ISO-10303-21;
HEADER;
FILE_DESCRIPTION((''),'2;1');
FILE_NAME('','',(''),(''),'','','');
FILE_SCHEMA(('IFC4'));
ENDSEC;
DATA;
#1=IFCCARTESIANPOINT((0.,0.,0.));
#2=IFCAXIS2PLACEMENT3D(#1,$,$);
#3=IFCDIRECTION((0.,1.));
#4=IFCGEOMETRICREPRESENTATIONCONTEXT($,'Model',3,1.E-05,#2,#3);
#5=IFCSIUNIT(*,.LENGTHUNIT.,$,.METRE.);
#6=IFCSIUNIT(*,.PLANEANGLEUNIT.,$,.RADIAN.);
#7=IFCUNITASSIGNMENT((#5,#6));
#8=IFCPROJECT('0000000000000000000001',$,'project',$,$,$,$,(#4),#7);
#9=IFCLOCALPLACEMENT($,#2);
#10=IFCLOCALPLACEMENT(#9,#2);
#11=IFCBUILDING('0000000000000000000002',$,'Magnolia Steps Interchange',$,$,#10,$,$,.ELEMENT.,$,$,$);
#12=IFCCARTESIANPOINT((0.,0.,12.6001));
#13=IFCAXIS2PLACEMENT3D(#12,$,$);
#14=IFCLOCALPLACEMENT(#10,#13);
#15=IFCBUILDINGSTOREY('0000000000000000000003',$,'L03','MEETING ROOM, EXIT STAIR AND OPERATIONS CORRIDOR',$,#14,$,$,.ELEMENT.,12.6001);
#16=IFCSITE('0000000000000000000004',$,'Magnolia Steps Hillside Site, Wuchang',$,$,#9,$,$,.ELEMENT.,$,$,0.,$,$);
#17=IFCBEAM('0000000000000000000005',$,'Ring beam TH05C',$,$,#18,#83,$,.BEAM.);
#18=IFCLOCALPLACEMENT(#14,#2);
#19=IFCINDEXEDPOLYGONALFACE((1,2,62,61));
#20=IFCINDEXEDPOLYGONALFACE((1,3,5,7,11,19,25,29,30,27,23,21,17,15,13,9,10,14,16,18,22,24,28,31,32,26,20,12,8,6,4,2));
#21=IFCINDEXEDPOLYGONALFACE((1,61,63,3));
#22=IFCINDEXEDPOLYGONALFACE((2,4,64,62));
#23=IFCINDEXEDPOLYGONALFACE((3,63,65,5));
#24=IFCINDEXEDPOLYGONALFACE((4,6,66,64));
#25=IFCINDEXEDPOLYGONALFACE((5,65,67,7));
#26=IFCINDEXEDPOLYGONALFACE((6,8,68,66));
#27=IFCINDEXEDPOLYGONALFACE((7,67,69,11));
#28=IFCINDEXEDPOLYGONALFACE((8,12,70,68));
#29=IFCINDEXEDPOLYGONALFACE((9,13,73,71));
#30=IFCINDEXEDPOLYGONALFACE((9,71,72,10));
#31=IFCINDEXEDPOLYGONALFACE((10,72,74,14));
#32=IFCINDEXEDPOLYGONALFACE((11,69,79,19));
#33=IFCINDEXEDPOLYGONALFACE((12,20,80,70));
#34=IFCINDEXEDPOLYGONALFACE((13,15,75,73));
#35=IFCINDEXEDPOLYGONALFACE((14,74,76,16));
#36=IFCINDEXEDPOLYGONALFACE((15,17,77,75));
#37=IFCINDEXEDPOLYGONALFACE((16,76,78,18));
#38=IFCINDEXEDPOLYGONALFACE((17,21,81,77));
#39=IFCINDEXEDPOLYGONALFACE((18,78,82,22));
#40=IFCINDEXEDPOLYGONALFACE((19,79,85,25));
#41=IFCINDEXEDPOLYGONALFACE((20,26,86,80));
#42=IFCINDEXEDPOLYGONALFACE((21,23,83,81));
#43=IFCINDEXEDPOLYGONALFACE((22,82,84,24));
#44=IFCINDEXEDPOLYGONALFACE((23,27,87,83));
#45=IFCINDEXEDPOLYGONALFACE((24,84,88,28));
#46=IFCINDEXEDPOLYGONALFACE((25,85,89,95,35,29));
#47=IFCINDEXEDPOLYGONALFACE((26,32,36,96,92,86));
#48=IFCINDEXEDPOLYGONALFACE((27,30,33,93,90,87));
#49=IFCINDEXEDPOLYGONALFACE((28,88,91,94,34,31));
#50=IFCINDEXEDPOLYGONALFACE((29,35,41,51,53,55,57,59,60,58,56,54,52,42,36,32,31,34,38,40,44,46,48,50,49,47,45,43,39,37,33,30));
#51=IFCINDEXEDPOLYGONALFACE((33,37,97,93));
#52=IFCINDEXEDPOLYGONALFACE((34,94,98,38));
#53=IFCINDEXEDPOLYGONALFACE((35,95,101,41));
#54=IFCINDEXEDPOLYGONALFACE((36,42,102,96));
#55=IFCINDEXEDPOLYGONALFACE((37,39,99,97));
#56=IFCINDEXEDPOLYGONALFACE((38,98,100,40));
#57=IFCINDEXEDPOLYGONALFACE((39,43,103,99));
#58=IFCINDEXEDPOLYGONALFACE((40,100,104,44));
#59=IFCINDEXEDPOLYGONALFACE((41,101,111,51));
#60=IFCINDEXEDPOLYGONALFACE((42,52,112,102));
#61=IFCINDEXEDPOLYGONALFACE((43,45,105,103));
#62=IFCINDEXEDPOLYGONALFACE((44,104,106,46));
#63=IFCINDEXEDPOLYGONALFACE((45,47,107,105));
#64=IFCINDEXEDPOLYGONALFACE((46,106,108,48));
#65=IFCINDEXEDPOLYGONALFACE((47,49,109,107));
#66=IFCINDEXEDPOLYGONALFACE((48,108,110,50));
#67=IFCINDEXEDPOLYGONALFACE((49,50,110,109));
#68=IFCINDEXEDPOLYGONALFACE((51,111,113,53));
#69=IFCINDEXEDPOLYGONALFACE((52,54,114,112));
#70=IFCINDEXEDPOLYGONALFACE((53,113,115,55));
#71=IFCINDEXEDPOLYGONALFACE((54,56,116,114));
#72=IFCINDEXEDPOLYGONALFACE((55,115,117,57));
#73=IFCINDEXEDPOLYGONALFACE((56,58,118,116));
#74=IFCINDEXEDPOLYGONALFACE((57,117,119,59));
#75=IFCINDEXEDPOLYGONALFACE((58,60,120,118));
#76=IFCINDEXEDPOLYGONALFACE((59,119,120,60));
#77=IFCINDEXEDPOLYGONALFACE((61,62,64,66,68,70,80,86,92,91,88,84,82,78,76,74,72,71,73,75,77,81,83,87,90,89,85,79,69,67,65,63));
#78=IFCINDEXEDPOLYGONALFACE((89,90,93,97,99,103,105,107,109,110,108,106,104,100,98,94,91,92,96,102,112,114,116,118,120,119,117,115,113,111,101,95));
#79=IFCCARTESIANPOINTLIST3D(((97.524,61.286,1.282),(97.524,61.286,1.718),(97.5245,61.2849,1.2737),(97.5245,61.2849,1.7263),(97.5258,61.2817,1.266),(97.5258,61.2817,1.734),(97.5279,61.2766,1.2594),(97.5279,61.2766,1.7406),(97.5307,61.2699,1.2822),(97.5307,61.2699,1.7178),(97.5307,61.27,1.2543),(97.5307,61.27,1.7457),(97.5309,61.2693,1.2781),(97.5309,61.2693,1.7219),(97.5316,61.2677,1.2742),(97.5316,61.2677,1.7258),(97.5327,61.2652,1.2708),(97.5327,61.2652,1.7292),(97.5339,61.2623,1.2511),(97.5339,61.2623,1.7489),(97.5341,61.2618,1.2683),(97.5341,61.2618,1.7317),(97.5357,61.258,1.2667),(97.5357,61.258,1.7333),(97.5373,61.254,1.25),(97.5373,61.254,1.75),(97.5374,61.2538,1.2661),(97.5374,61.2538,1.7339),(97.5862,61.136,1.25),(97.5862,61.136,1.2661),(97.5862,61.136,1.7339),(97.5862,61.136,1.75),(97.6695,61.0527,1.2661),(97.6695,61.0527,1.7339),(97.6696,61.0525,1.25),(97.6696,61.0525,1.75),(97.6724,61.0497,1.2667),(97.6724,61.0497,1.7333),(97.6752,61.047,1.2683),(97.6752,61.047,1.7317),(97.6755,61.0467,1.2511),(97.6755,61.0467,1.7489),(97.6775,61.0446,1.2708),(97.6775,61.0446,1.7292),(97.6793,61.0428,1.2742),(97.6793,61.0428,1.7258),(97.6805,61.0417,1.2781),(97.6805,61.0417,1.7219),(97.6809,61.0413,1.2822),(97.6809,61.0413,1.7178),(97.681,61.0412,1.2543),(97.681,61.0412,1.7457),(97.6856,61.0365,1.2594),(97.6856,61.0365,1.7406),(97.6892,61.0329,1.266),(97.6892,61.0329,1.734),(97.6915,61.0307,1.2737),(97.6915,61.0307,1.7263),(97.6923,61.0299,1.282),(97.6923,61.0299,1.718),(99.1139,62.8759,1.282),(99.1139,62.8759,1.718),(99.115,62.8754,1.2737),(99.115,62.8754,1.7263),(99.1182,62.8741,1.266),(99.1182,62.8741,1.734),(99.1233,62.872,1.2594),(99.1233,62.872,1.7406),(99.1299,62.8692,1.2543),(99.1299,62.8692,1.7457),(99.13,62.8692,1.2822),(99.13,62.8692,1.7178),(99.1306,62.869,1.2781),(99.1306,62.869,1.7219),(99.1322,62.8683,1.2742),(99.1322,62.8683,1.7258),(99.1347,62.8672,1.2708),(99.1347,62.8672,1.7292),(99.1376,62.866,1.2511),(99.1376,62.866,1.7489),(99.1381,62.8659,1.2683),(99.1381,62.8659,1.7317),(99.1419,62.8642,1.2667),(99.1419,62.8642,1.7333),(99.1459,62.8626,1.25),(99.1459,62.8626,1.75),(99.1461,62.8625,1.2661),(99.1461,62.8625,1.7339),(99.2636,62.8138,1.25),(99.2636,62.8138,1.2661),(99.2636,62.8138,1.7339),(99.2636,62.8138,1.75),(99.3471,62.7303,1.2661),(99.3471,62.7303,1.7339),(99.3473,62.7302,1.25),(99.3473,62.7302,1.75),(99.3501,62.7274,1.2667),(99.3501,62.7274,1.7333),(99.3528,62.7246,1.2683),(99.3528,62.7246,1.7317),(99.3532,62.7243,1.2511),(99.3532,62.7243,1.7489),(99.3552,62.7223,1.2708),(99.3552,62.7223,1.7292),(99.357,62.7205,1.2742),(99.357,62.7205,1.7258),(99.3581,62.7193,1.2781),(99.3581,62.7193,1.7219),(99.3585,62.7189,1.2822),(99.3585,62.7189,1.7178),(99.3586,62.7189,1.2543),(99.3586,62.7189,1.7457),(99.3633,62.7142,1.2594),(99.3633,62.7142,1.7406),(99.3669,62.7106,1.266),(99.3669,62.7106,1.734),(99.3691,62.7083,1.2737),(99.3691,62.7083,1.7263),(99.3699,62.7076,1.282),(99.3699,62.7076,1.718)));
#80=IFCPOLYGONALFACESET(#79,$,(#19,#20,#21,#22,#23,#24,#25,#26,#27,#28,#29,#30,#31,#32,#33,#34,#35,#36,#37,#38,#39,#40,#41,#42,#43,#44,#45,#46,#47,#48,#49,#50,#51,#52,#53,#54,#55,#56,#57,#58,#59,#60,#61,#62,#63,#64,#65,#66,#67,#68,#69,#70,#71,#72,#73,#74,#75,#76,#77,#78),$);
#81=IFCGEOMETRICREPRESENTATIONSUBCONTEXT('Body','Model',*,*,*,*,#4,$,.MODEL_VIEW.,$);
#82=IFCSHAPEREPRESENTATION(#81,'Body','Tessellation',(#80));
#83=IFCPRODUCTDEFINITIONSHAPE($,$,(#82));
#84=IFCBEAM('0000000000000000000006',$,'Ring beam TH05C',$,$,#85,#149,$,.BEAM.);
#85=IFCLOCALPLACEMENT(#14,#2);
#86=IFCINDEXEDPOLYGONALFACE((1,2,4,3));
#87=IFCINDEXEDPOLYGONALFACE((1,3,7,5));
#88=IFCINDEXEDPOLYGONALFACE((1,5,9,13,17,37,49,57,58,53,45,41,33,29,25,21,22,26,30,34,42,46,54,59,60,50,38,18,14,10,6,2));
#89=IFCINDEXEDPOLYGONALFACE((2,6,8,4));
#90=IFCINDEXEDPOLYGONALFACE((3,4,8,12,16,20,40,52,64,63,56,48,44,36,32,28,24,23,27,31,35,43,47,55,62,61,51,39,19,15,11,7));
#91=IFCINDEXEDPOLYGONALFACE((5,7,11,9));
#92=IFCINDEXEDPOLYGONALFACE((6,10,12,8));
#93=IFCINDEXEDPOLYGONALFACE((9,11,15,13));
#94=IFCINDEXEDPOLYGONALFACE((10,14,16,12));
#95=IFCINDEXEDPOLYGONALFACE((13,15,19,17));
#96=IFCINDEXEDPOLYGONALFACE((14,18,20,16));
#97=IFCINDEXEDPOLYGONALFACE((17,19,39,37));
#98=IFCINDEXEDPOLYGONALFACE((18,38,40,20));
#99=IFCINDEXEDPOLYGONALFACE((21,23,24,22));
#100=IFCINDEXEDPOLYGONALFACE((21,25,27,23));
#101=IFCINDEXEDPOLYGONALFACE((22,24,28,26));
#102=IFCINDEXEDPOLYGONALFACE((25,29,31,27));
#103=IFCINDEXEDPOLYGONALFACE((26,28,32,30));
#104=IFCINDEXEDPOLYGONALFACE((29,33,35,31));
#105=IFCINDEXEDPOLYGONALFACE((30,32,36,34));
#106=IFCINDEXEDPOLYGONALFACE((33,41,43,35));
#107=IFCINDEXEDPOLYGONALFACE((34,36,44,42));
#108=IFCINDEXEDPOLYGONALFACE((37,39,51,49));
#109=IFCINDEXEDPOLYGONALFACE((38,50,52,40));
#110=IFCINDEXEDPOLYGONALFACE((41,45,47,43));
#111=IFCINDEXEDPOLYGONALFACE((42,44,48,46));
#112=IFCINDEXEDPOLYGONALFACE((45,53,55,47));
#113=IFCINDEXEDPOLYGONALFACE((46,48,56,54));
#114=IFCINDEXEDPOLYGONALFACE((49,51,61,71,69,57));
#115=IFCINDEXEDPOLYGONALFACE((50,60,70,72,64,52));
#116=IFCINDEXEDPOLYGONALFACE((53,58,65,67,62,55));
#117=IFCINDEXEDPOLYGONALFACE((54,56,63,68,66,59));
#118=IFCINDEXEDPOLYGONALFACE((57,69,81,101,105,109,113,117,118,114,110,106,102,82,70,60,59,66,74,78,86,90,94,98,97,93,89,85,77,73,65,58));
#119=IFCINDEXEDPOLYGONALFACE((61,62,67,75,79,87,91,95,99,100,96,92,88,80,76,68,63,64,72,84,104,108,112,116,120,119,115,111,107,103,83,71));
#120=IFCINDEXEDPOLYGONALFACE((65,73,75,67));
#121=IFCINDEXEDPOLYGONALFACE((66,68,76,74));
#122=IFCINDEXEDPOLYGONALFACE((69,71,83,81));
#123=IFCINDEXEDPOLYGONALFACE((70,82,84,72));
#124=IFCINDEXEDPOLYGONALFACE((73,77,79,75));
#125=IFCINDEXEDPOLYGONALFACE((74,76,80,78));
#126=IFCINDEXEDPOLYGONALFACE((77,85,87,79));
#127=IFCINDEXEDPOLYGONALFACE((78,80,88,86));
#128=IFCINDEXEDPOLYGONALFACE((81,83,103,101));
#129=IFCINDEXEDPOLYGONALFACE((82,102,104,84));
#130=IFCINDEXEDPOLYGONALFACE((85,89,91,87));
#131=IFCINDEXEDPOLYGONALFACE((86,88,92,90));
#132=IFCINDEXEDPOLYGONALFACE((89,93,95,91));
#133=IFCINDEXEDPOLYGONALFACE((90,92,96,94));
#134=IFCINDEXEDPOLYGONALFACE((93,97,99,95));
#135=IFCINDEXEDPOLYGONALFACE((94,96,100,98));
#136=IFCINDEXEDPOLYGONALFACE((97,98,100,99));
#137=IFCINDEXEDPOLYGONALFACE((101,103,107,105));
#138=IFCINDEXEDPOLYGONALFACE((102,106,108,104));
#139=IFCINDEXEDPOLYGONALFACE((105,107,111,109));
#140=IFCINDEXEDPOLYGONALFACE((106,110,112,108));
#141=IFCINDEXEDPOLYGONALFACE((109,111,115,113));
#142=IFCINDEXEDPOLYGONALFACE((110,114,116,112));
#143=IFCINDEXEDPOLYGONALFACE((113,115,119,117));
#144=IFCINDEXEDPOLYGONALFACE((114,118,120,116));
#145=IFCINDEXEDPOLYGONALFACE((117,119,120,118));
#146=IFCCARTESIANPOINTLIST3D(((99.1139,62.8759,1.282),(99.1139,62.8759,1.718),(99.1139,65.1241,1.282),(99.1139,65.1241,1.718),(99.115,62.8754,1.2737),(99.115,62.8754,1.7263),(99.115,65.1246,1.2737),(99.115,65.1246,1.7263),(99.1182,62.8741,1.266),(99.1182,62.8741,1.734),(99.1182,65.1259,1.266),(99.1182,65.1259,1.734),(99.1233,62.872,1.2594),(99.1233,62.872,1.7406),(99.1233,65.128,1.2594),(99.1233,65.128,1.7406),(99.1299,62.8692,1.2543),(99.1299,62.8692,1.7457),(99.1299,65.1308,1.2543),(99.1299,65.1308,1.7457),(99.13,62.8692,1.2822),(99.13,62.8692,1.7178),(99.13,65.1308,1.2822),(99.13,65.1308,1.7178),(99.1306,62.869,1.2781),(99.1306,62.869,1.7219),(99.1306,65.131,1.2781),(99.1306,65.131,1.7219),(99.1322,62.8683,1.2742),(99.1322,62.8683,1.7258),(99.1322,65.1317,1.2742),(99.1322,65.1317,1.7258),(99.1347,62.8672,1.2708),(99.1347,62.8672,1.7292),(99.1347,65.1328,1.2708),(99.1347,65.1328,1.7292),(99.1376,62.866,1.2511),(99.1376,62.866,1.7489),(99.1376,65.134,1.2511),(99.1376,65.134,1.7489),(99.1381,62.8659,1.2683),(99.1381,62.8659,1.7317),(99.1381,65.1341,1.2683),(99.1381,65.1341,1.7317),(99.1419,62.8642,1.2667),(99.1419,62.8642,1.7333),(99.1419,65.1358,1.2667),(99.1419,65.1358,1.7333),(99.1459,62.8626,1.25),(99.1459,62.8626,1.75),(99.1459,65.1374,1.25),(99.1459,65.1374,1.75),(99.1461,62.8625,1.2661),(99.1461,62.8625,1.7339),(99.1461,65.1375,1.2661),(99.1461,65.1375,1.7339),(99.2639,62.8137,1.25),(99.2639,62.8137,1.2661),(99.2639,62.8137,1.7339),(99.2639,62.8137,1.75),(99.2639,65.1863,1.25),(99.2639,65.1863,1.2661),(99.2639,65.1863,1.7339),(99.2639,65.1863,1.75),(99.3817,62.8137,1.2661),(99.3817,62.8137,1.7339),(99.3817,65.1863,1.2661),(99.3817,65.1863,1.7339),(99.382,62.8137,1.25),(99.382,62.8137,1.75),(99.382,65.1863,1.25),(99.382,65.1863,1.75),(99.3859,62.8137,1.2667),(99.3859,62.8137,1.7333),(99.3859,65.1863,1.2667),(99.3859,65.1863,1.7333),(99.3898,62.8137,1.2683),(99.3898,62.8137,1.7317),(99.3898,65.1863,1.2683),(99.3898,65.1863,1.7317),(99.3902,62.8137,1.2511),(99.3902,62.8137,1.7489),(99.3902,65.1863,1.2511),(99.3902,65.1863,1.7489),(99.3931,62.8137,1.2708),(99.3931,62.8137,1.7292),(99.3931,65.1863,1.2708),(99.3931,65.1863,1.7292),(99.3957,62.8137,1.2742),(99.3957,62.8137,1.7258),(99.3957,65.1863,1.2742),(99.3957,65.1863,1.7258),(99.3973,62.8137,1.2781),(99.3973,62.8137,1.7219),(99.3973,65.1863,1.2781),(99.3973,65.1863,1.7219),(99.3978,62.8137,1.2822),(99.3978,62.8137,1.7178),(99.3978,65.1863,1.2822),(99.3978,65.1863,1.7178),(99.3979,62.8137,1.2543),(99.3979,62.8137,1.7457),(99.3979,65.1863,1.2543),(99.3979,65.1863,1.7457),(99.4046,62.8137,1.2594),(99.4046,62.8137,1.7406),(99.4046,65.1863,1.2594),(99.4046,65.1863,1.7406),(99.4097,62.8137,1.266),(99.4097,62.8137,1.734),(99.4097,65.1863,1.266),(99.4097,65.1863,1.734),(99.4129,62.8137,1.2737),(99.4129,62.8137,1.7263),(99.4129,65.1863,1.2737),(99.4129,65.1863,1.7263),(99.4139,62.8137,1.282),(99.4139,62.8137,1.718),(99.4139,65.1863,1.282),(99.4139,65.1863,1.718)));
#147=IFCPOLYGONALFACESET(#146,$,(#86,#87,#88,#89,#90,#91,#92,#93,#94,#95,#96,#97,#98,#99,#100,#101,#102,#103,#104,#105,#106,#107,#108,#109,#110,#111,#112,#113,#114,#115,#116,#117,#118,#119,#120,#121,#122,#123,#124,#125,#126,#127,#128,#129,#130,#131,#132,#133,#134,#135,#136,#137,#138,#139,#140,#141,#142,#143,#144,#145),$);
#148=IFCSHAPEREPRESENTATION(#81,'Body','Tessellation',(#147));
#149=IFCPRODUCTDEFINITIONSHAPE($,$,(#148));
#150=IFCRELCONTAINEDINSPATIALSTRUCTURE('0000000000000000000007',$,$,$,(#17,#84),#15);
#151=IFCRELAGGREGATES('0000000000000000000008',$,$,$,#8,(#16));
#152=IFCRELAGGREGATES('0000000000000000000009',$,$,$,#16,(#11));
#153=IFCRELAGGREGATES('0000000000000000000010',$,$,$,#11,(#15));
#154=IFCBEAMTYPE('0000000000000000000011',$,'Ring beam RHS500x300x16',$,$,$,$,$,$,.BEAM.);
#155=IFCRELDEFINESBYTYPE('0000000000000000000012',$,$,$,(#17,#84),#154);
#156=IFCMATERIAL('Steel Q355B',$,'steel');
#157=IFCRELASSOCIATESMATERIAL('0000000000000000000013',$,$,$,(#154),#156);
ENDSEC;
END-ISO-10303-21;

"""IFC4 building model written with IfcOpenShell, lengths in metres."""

from ifc_helpers import new_model, si_unit, direction, frame, origin, origin_2d, place, context, subcontext, project, spatial, hollow_rectangle, extrude, clip, halfspace, material, material_profile, profile_set, type_object, element, save


model = new_model("IFC4")

# Units and contexts
model_context = context("Model", 3, precision=1e-05, world=origin(), true_north=direction((0.0, 1.0)))
body_context = subcontext(model_context, "Body", "Model", "MODEL_VIEW")
ifc_project = project(units=[si_unit("LENGTHUNIT", "METRE"), si_unit("PLANEANGLEUNIT", "RADIAN")], contexts=[model_context])

# Site, building, storey
site_placement = place(None, origin())
site = spatial("IfcSite", under=ifc_project, at=site_placement, Name="Magnolia Steps Hillside Site, Wuchang", CompositionType="ELEMENT", RefElevation=0.0)
building_placement = place(site_placement, origin())
building = spatial("IfcBuilding", under=site, at=building_placement, Name="Magnolia Steps Interchange", CompositionType="ELEMENT")
storey_placement = place(building_placement, frame((0.0, 0.0, 12.6001)))
storey = spatial("IfcBuildingStorey", under=building, at=storey_placement, Name="L03", Description="MEETING ROOM, EXIT STAIR AND OPERATIONS CORRIDOR", CompositionType="ELEMENT", Elevation=12.6001)

# Beams
ifc_material_1 = material(Name="Steel Q355B", Category="steel")
ifc_material_profile_1 = material_profile(ifc_material_1, hollow_rectangle(XDim=0.3, YDim=0.5, WallThickness=0.0161, InnerFilletRadius=0.0161, OuterFilletRadius=0.032, at=origin_2d()), Name="RHS500x300x16")
ifc_profile_set_1 = profile_set([ifc_material_profile_1], Name="Steel Q355B")
beam_type_1 = type_object("IfcBeamType", Name="Ring beam RHS500x300x16", PredefinedType="BEAM", material=ifc_profile_set_1)
beam_1_placement = place(storey_placement, frame((97.5862, 61.136, 1.5), z_axis=(0.707107, 0.707107, 0.0), x_axis=(-0.707107, 0.707107, 0.0)))
element("IfcBeam", 1, at=beam_1_placement, inside=storey, type_object=beam_type_1, Name="Ring beam TH05C", PredefinedType="BEAM", context=body_context, shape_type="Clipping", body=[
    clip(clip(extrude(hollow_rectangle(XDim=0.3, YDim=0.5, WallThickness=0.0161, InnerFilletRadius=0.0161, OuterFilletRadius=0.032, at=origin_2d()), origin(), (0.0, 0.0, 1.0), 2.3726), halfspace(frame((0.0, 0.0, 0.0), z_axis=(0.382683, 0.0, -0.92388), x_axis=(0.92388, 0.0, 0.382683)), False)), halfspace(frame((0.0, 0.0, 2.3727), z_axis=(0.382683, 0.0, 0.92388), x_axis=(0.92388, 0.0, -0.382683)), False)),
])
beam_2_placement = place(storey_placement, frame((99.2639, 62.8137, 1.5), z_axis=(0.0, 1.0, 0.0), x_axis=(-1.0, 0.0, 0.0)))
element("IfcBeam", 2, at=beam_2_placement, inside=storey, type_object=beam_type_1, Name="Ring beam TH05C", PredefinedType="BEAM", context=body_context, shape_type="Clipping", body=[
    clip(clip(extrude(hollow_rectangle(XDim=0.3, YDim=0.5, WallThickness=0.0161, InnerFilletRadius=0.0161, OuterFilletRadius=0.032, at=origin_2d()), origin(), (0.0, 0.0, 1.0), 2.3726), halfspace(frame((0.0, 0.0, 0.0), z_axis=(0.382683, 0.0, -0.92388), x_axis=(0.92388, 0.0, 0.382683)), False)), halfspace(frame((0.0, 0.0, 2.3726), z_axis=(0.382683, 0.0, 0.92388), x_axis=(0.92388, 0.0, -0.382683)), False)),
])

save(model, "model.ifc")
